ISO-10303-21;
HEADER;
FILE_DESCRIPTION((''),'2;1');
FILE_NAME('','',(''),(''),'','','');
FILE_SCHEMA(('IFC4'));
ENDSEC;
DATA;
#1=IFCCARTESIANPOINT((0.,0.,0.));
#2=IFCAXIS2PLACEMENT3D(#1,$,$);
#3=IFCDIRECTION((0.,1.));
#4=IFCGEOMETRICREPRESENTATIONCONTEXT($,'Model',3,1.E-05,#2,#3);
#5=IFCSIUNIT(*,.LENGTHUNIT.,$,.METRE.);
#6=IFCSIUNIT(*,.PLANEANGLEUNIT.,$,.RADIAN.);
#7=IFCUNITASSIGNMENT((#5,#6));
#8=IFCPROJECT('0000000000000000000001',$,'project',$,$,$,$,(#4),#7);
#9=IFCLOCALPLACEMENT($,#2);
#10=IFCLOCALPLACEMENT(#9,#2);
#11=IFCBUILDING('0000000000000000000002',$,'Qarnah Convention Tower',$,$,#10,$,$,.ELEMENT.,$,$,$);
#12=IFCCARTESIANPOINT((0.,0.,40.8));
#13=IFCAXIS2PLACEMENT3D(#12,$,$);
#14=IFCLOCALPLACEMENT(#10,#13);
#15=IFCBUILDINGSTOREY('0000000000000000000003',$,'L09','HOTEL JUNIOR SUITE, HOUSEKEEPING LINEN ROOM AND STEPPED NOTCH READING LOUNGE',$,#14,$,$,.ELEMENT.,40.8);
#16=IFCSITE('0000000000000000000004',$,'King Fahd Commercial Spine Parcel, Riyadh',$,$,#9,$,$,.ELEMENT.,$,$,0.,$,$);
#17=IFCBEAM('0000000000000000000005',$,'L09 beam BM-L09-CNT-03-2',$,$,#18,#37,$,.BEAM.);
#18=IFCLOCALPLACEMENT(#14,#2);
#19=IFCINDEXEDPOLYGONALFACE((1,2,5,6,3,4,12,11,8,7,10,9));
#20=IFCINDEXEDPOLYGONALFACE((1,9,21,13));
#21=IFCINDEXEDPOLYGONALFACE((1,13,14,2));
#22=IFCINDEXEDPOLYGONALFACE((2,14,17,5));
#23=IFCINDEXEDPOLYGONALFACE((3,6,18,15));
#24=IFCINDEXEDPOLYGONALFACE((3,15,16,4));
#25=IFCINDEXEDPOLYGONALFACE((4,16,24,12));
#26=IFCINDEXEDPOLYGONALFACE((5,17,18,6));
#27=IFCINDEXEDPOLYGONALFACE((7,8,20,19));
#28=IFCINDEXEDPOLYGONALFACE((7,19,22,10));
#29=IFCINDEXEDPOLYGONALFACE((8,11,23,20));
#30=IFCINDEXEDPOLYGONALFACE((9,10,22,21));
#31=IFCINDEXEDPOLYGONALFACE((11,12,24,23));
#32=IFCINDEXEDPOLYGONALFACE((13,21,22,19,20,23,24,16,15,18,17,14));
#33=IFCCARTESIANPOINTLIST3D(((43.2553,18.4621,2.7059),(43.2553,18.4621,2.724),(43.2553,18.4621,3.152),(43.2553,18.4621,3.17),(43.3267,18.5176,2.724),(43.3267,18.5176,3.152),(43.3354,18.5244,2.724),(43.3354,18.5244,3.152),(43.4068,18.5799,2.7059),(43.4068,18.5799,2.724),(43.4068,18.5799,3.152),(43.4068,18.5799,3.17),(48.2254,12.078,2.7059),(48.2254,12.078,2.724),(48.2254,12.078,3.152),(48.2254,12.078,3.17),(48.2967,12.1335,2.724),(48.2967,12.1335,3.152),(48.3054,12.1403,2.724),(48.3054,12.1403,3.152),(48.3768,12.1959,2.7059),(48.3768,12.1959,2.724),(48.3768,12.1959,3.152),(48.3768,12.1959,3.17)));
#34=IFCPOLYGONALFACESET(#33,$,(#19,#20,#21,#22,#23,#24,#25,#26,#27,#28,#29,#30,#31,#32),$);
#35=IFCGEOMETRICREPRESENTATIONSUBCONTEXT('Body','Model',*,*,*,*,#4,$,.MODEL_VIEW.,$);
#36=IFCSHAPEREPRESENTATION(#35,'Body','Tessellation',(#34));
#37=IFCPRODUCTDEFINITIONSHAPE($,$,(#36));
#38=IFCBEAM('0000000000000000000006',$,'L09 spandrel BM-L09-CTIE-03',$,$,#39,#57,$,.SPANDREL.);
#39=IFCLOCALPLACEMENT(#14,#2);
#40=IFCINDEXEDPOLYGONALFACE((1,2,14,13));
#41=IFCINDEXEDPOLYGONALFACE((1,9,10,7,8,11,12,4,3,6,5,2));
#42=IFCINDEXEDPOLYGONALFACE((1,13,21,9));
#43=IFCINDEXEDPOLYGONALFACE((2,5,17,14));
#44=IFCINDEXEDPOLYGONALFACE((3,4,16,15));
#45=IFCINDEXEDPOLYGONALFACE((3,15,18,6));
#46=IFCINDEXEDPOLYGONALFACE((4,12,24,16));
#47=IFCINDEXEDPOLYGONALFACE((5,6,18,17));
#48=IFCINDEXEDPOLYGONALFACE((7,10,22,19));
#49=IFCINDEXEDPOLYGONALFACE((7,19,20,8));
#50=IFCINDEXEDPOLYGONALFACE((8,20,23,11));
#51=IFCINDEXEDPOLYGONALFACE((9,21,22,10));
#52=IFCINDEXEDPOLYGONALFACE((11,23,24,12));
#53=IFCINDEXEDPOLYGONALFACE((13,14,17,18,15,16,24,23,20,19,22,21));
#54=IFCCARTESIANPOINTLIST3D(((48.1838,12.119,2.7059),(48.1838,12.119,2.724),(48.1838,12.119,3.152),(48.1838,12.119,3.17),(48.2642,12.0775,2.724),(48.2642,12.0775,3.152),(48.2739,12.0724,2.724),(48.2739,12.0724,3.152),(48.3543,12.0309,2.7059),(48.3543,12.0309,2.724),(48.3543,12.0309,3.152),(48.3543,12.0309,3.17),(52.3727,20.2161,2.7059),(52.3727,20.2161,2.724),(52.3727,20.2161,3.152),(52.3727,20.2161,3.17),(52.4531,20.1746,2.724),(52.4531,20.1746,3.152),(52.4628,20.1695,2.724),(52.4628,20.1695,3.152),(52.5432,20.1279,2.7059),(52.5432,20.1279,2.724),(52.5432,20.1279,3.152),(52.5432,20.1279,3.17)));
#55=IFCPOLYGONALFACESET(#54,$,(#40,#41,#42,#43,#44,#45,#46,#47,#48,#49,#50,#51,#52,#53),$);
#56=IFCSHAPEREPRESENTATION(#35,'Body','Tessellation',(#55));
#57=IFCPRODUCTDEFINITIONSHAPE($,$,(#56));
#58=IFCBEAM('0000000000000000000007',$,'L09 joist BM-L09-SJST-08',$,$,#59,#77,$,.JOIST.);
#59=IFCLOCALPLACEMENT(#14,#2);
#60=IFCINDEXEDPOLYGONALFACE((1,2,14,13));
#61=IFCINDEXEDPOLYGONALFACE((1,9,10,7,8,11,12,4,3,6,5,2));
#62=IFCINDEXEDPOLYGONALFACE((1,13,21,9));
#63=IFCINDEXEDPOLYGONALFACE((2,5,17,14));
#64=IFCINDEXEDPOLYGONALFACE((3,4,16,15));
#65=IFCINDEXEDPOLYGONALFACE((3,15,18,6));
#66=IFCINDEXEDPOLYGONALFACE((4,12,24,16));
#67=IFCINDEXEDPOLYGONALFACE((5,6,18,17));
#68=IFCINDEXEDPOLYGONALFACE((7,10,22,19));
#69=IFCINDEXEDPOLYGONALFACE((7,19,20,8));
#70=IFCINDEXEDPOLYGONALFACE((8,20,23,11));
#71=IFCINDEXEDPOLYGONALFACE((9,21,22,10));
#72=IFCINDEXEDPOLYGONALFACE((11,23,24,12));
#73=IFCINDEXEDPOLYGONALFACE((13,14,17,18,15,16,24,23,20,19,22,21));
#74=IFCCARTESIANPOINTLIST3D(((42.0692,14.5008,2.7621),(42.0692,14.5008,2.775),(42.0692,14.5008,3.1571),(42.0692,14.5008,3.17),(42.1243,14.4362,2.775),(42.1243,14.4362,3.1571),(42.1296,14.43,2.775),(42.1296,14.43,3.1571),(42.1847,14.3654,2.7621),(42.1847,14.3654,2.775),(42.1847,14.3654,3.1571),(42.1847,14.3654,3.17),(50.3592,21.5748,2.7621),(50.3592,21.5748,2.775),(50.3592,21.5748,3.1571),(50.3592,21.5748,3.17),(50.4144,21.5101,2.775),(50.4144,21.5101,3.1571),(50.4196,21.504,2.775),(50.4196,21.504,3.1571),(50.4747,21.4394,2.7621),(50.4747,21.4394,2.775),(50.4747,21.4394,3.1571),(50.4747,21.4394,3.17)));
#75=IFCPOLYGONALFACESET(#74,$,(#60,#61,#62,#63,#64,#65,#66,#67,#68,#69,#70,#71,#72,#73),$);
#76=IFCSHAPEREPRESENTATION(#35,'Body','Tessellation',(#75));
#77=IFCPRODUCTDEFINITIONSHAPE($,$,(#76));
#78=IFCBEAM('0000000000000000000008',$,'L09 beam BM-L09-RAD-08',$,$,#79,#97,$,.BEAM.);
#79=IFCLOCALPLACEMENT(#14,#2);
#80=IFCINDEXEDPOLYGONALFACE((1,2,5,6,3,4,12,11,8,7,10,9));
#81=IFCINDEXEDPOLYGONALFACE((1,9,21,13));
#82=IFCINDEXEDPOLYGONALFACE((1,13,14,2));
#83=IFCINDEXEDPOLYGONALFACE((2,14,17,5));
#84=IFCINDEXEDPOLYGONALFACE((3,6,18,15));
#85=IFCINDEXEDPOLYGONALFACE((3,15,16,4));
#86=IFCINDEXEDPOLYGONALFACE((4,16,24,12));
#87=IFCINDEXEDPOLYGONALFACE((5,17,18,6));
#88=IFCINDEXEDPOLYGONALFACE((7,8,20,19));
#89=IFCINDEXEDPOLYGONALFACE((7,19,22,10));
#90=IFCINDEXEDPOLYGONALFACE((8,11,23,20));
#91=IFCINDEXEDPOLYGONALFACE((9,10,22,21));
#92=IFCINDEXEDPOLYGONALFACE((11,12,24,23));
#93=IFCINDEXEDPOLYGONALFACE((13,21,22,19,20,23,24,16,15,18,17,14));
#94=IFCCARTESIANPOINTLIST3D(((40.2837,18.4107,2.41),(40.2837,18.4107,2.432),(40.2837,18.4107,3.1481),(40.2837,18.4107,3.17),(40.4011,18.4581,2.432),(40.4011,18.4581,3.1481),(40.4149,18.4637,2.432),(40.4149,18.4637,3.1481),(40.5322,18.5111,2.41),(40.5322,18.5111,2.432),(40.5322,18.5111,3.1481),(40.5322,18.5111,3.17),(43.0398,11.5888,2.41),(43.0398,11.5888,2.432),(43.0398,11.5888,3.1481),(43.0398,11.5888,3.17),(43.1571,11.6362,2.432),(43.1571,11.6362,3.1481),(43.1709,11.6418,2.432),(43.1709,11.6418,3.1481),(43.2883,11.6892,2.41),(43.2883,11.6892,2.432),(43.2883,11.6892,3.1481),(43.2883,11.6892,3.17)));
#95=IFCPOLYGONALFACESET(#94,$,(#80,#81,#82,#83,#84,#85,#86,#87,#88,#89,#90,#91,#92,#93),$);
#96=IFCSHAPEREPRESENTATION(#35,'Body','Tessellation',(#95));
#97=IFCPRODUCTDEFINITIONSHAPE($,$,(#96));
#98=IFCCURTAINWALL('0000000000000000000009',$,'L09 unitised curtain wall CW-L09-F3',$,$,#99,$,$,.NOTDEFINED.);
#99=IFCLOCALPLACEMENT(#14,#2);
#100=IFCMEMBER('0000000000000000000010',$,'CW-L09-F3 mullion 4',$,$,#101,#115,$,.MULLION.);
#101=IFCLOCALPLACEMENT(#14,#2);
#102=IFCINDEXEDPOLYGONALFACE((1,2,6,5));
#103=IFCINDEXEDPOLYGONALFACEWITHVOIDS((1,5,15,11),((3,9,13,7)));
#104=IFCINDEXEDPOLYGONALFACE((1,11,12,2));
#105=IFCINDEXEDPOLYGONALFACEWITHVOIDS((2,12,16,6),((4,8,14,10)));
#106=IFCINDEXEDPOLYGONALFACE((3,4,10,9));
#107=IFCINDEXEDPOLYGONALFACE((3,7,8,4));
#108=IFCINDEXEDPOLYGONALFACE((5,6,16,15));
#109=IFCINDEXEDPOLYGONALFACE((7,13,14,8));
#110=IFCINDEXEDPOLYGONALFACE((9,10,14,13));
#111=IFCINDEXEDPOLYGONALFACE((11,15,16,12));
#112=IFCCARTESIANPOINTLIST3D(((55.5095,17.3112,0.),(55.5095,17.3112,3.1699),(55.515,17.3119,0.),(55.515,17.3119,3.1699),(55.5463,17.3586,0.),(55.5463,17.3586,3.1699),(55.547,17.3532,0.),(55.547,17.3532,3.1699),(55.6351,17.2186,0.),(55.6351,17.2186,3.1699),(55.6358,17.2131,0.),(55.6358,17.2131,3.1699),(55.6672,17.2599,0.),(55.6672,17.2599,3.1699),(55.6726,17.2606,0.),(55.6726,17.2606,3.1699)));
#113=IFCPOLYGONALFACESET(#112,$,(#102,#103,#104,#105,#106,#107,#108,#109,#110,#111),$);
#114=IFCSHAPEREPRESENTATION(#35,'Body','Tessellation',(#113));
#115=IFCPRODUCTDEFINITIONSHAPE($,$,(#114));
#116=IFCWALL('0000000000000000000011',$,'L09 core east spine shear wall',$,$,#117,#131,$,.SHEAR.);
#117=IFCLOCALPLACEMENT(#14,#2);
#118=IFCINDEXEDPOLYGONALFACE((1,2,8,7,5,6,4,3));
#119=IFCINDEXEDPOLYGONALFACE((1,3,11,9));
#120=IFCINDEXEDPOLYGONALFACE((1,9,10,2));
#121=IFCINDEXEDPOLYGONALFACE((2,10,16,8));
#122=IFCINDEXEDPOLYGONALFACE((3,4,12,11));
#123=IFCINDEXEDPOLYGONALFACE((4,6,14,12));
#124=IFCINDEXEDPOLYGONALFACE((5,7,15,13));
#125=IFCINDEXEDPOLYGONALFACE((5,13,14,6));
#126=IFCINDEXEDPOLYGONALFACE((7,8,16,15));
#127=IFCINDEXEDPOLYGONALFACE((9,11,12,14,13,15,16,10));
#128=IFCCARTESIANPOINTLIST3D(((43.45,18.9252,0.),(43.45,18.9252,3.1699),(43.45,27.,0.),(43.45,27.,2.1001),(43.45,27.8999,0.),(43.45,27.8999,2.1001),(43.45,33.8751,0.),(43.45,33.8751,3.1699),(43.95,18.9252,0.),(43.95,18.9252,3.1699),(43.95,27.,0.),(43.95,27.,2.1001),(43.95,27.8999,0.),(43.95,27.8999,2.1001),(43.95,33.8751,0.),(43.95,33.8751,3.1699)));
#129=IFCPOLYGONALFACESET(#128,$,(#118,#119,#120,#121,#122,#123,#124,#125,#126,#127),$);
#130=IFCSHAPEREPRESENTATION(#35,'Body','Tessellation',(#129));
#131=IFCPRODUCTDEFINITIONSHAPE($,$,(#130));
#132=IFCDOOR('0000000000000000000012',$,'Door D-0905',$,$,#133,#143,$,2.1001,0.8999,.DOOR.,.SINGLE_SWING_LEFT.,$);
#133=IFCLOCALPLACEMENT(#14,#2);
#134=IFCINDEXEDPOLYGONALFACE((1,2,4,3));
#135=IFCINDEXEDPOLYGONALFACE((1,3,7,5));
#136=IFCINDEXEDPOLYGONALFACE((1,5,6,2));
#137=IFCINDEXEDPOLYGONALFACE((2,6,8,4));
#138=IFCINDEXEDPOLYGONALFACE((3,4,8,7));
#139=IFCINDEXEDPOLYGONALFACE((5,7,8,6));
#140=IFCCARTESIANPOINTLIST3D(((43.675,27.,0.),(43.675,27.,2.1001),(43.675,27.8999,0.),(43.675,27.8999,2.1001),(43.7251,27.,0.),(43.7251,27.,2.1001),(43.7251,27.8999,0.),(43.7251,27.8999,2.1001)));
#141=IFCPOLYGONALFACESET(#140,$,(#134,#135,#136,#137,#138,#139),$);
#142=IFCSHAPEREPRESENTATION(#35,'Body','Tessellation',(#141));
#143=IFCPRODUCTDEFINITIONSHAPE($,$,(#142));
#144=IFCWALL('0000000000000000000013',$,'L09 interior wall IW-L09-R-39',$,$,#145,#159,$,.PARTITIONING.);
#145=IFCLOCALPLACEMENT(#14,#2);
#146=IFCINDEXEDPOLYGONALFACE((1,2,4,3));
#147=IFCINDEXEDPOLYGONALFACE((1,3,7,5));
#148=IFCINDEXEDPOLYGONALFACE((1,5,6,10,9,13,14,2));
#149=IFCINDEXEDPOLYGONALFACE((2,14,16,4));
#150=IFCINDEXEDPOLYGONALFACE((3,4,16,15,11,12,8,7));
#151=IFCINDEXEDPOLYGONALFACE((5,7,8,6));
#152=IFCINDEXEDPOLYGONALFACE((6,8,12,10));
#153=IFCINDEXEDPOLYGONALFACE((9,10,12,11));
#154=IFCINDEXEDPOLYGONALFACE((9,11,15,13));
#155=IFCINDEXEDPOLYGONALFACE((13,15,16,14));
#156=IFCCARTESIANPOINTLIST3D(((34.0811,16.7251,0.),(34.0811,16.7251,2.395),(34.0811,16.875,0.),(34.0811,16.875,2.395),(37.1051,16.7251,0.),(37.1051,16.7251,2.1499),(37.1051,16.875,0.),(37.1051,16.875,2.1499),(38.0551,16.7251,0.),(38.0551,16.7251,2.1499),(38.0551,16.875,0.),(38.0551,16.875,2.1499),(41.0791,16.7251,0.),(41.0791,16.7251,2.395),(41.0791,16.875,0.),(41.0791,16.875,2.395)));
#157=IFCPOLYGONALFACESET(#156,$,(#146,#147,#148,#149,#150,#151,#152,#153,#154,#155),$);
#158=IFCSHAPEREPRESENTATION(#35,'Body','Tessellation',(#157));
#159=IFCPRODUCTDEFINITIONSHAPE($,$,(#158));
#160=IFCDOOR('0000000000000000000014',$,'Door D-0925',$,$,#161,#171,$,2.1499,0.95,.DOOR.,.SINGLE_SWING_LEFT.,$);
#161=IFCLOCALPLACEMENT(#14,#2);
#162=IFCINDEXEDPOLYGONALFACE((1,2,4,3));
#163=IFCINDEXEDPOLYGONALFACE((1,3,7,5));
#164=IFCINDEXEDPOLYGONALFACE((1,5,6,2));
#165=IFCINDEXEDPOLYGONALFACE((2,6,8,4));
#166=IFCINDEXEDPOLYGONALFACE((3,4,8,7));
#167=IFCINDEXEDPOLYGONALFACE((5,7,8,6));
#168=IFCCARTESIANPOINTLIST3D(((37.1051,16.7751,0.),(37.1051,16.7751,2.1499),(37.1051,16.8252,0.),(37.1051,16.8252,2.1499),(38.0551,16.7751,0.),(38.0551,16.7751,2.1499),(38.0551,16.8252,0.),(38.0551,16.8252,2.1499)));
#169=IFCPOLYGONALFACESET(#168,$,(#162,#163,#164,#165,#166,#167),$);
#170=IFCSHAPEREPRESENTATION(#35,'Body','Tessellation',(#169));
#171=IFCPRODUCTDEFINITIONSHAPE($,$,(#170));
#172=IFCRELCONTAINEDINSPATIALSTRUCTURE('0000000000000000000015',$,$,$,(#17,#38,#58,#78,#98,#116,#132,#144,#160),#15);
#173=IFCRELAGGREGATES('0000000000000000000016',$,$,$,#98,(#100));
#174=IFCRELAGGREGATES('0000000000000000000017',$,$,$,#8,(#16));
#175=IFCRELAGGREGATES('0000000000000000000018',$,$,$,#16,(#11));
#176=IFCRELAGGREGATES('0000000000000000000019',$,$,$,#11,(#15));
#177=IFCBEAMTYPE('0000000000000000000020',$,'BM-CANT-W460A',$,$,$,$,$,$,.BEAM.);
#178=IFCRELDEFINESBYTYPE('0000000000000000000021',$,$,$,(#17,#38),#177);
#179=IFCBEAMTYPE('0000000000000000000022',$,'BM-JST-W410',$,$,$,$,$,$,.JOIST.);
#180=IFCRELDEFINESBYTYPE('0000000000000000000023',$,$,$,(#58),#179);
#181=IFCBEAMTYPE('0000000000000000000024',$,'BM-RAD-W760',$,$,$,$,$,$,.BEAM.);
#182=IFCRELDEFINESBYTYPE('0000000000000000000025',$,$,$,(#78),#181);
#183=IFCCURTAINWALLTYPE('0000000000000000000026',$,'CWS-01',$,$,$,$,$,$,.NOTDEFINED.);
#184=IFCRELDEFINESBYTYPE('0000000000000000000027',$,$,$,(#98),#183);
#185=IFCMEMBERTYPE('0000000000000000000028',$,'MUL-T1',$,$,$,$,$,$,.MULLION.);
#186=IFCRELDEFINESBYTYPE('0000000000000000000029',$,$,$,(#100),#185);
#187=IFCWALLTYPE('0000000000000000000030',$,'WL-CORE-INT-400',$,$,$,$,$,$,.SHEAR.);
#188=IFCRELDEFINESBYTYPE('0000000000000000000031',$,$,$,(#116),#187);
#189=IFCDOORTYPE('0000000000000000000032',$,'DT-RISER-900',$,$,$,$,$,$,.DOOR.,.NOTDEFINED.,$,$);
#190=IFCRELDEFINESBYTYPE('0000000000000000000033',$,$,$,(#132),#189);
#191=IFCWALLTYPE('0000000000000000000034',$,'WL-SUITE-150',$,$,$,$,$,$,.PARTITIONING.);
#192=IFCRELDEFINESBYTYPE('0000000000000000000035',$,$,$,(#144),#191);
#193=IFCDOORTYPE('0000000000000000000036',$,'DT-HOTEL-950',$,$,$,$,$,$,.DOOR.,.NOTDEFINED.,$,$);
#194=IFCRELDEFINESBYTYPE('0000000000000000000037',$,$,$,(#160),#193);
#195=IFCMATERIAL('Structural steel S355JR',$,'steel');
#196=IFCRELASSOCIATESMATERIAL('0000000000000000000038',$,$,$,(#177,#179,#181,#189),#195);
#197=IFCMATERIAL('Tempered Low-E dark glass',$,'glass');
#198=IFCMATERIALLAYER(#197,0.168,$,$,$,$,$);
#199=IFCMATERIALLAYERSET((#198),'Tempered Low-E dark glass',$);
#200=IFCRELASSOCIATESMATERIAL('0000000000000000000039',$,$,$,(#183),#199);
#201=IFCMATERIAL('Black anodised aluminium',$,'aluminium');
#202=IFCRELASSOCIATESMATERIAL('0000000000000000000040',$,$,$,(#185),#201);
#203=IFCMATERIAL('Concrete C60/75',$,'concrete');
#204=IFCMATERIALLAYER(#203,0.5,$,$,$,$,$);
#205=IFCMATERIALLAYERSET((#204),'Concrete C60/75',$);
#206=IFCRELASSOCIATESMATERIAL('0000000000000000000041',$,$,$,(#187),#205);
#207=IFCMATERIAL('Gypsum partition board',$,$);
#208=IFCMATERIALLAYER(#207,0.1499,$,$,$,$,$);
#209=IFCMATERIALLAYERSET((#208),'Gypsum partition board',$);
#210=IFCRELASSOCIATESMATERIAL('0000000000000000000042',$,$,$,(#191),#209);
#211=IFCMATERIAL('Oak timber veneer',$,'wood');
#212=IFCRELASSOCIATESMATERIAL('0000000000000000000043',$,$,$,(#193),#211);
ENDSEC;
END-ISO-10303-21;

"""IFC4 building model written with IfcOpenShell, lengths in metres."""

from ifc_helpers import new_model, si_unit, direction, frame, frame_2d, origin, origin_2d, place, context, subcontext, project, spatial, rectangle, hollow_rectangle, i_section, extrude, material, layer, layer_set, material_profile, profile_set, type_object, element, fill, aggregate, save


model = new_model("IFC4")

# Units and contexts
model_context = context("Model", 3, precision=1e-05, world=origin(), true_north=direction((0.0, 1.0)))
body_context = subcontext(model_context, "Body", "Model", "MODEL_VIEW")
ifc_project = project(units=[si_unit("LENGTHUNIT", "METRE"), si_unit("PLANEANGLEUNIT", "RADIAN")], contexts=[model_context])

# Site, building, storey
site_placement = place(None, origin())
site = spatial("IfcSite", under=ifc_project, at=site_placement, Name="King Fahd Commercial Spine Parcel, Riyadh", CompositionType="ELEMENT", RefElevation=0.0)
building_placement = place(site_placement, origin())
building = spatial("IfcBuilding", under=site, at=building_placement, Name="Qarnah Convention Tower", CompositionType="ELEMENT")
storey_placement = place(building_placement, frame((0.0, 0.0, 40.8)))
storey = spatial("IfcBuildingStorey", under=building, at=storey_placement, Name="L09", Description="HOTEL JUNIOR SUITE, HOUSEKEEPING LINEN ROOM AND STEPPED NOTCH READING LOUNGE", CompositionType="ELEMENT", Elevation=40.8)

# Beams
ifc_material_1 = material(Name="Structural steel S355JR", Category="steel")
ifc_material_profile_1 = material_profile(ifc_material_1, i_section(OverallWidth=0.1919, OverallDepth=0.4641, WebThickness=0.011, FlangeThickness=0.0181, at=origin_2d()), Name="W460X89")
ifc_profile_set_1 = profile_set([ifc_material_profile_1], Name="Structural steel S355JR")
beam_type_1 = type_object("IfcBeamType", Name="BM-CANT-W460A", PredefinedType="BEAM", material=ifc_profile_set_1)
beam_1_placement = place(storey_placement, frame((43.3311, 18.521, 2.938), z_axis=(0.614296, -0.789076, 0.0), x_axis=(0.789076, 0.614296, 0.0)))
element("IfcBeam", 1, at=beam_1_placement, inside=storey, type_object=beam_type_1, Name="L09 beam BM-L09-CNT-03-2", PredefinedType="BEAM", context=body_context, shape_type="SweptSolid", body=[
    extrude(i_section(OverallWidth=0.1919, OverallDepth=0.4641, WebThickness=0.011, FlangeThickness=0.0181, at=origin_2d()), origin(), (0.0, 0.0, 1.0), 8.0906),
])
beam_2_placement = place(storey_placement, frame((48.269, 12.075, 2.938), z_axis=(0.45949, 0.888183, 0.0), x_axis=(-0.888183, 0.45949, 0.0)))
element("IfcBeam", 2, at=beam_2_placement, inside=storey, type_object=beam_type_1, Name="L09 spandrel BM-L09-CTIE-03", PredefinedType="SPANDREL", context=body_context, shape_type="SweptSolid", body=[
    extrude(i_section(OverallWidth=0.1919, OverallDepth=0.4641, WebThickness=0.011, FlangeThickness=0.0181, at=origin_2d()), origin(), (0.0, 0.0, 1.0), 9.1165),
])
ifc_material_profile_2 = material_profile(ifc_material_1, i_section(OverallWidth=0.178, OverallDepth=0.408, WebThickness=0.0081, FlangeThickness=0.0129, at=origin_2d()), Name="W410X60")
ifc_profile_set_2 = profile_set([ifc_material_profile_2], Name="Structural steel S355JR")
beam_type_2 = type_object("IfcBeamType", Name="BM-JST-W410", PredefinedType="JOIST", material=ifc_profile_set_2)
beam_3_placement = place(storey_placement, frame((42.127, 14.4331, 2.9661), z_axis=(0.760695, 0.649109, 0.0), x_axis=(-0.649109, 0.760695, 0.0)))
element("IfcBeam", 3, at=beam_3_placement, inside=storey, type_object=beam_type_2, Name="L09 joist BM-L09-SJST-08", PredefinedType="JOIST", context=body_context, shape_type="SweptSolid", body=[
    extrude(i_section(OverallWidth=0.178, OverallDepth=0.408, WebThickness=0.0081, FlangeThickness=0.0129, at=origin_2d()), origin(), (0.0, 0.0, 1.0), 10.8979),
])
ifc_material_profile_3 = material_profile(ifc_material_1, i_section(OverallWidth=0.2681, OverallDepth=0.76, WebThickness=0.0149, FlangeThickness=0.022, at=origin_2d()), Name="W760X185")
ifc_profile_set_3 = profile_set([ifc_material_profile_3], Name="Structural steel S355JR")
beam_type_3 = type_object("IfcBeamType", Name="BM-RAD-W760", PredefinedType="BEAM", material=ifc_profile_set_3)
beam_4_placement = place(storey_placement, frame((40.408, 18.4609, 2.79), z_axis=(0.374586, -0.927192, 0.0), x_axis=(0.927192, 0.374586, 0.0)))
element("IfcBeam", 4, at=beam_4_placement, inside=storey, type_object=beam_type_3, Name="L09 beam BM-L09-RAD-08", PredefinedType="BEAM", context=body_context, shape_type="SweptSolid", body=[
    extrude(i_section(OverallWidth=0.2681, OverallDepth=0.76, WebThickness=0.0149, FlangeThickness=0.022, at=origin_2d()), origin(), (0.0, 0.0, 1.0), 7.3577),
])

# Curtain wall, member
ifc_material_2 = material(Name="Tempered Low-E dark glass", Category="glass")
ifc_layer_1 = layer(ifc_material_2, 0.168)
ifc_layer_set_1 = layer_set([ifc_layer_1], Name="Tempered Low-E dark glass")
curtain_wall_type = type_object("IfcCurtainWallType", Name="CWS-01", PredefinedType="NOTDEFINED", material=ifc_layer_set_1)
curtain_wall_placement = place(storey_placement, origin())
curtain_wall = element("IfcCurtainWall", 5, at=curtain_wall_placement, inside=storey, type_object=curtain_wall_type, Name="L09 unitised curtain wall CW-L09-F3", PredefinedType="NOTDEFINED")
ifc_material_3 = material(Name="Black anodised aluminium", Category="aluminium")
ifc_material_profile_4 = material_profile(ifc_material_3, hollow_rectangle(XDim=0.0601, YDim=0.1599, WallThickness=0.0039, at=origin_2d()), Name="MUL-60X160")
ifc_profile_set_4 = profile_set([ifc_material_profile_4], Name="Black anodised aluminium")
member_type = type_object("IfcMemberType", Name="MUL-T1", PredefinedType="MULLION", material=ifc_profile_set_4)
member_placement = place(storey_placement, frame((55.5911, 17.2859, 0.0), z_axis=(0.0, 0.0, 1.0), x_axis=(-0.613064, -0.790033, 0.0)))
member = element("IfcMember", 6, at=member_placement, type_object=member_type, Name="CW-L09-F3 mullion 4", PredefinedType="MULLION", context=body_context, shape_type="SweptSolid", body=[
    extrude(hollow_rectangle(XDim=0.0601, YDim=0.1599, WallThickness=0.0039, at=origin_2d()), origin(), (0.0, 0.0, 1.0), 3.1699),
])
aggregate(curtain_wall, [member])

# Shared definitions
ifc_material_4 = material(Name="Concrete C60/75", Category="concrete")
door_type_1 = type_object("IfcDoorType", Name="DT-RISER-900", OperationType="NOTDEFINED", PredefinedType="DOOR", material=ifc_material_1)

# Walls, openings, doors
ifc_layer_2 = layer(ifc_material_4, 0.5)
ifc_layer_set_2 = layer_set([ifc_layer_2], Name="Concrete C60/75")
wall_type_1 = type_object("IfcWallType", Name="WL-CORE-INT-400", PredefinedType="SHEAR", material=ifc_layer_set_2)
wall_1_placement = place(storey_placement, frame((43.7, 18.925, 0.0), z_axis=(0.0, 0.0, 1.0), x_axis=(0.0, 1.0, 0.0)))
wall_1 = element("IfcWall", 7, at=wall_1_placement, inside=storey, type_object=wall_type_1, Name="L09 core east spine shear wall", PredefinedType="SHEAR", context=body_context, shape_type="SweptSolid", body=[
    extrude(rectangle(XDim=14.95, YDim=0.5, at=frame_2d((7.4751, 0.0))), origin(), (0.0, 0.0, 1.0), 3.1699),
])
opening_1_placement = place(wall_1_placement, frame((8.075, 0.0, 0.0)))
opening_1 = element("IfcOpeningElement", 8, at=opening_1_placement, cuts=wall_1, PredefinedType="OPENING", context=body_context, shape_type="SweptSolid", body=[
    extrude(rectangle(XDim=0.8999, YDim=2.1001, at=frame_2d((0.45, 1.05))), frame((0.0, 0.26, 0.0), z_axis=(0.0, -1.0, 0.0), x_axis=(1.0, 0.0, 0.0)), (0.0, 0.0, 1.0), 0.52),
])
door_1_placement = place(opening_1_placement, origin())
door_1 = element("IfcDoor", 9, at=door_1_placement, inside=storey, type_object=door_type_1, Name="Door D-0905", OperationType="SINGLE_SWING_LEFT", OverallHeight=2.1001, OverallWidth=0.8999, PredefinedType="DOOR", context=body_context, shape_type="SweptSolid", body=[
    extrude(rectangle(XDim=0.8999, YDim=2.1001, at=frame_2d((0.45, 1.05))), frame((0.0, 0.0249, 0.0), z_axis=(0.0, -1.0, 0.0), x_axis=(1.0, 0.0, 0.0)), (0.0, 0.0, 1.0), 0.05),
])
fill(opening_1, door_1)
ifc_material_5 = material(Name="Gypsum partition board")
ifc_layer_3 = layer(ifc_material_5, 0.1499)
ifc_layer_set_3 = layer_set([ifc_layer_3], Name="Gypsum partition board")
wall_type_2 = type_object("IfcWallType", Name="WL-SUITE-150", PredefinedType="PARTITIONING", material=ifc_layer_set_3)
wall_2_placement = place(storey_placement, frame((41.0791, 16.8, 0.0), z_axis=(0.0, 0.0, 1.0), x_axis=(-1.0, 0.0, 0.0)))
wall_2 = element("IfcWall", 10, at=wall_2_placement, inside=storey, type_object=wall_type_2, Name="L09 interior wall IW-L09-R-39", PredefinedType="PARTITIONING", context=body_context, shape_type="SweptSolid", body=[
    extrude(rectangle(XDim=6.998, YDim=0.1499, at=frame_2d((3.499, 0.0))), origin(), (0.0, 0.0, 1.0), 2.395),
])
opening_2_placement = place(wall_2_placement, frame((3.0239, 0.0, 0.0)))
opening_2 = element("IfcOpeningElement", 11, at=opening_2_placement, cuts=wall_2, PredefinedType="OPENING", context=body_context, shape_type="SweptSolid", body=[
    extrude(rectangle(XDim=0.95, YDim=2.1499, at=frame_2d((0.4751, 1.075))), frame((0.0, 0.085, 0.0), z_axis=(0.0, -1.0, 0.0), x_axis=(1.0, 0.0, 0.0)), (0.0, 0.0, 1.0), 0.1699),
])
ifc_material_6 = material(Name="Oak timber veneer", Category="wood")
door_type_2 = type_object("IfcDoorType", Name="DT-HOTEL-950", OperationType="NOTDEFINED", PredefinedType="DOOR", material=ifc_material_6)
door_2_placement = place(opening_2_placement, origin())
door_2 = element("IfcDoor", 12, at=door_2_placement, inside=storey, type_object=door_type_2, Name="Door D-0925", OperationType="SINGLE_SWING_LEFT", OverallHeight=2.1499, OverallWidth=0.95, PredefinedType="DOOR", context=body_context, shape_type="SweptSolid", body=[
    extrude(rectangle(XDim=0.95, YDim=2.1499, at=frame_2d((0.4751, 1.075))), frame((0.0, 0.0249, 0.0), z_axis=(0.0, -1.0, 0.0), x_axis=(1.0, 0.0, 0.0)), (0.0, 0.0, 1.0), 0.05),
])
fill(opening_2, door_2)

save(model, "model.ifc")
